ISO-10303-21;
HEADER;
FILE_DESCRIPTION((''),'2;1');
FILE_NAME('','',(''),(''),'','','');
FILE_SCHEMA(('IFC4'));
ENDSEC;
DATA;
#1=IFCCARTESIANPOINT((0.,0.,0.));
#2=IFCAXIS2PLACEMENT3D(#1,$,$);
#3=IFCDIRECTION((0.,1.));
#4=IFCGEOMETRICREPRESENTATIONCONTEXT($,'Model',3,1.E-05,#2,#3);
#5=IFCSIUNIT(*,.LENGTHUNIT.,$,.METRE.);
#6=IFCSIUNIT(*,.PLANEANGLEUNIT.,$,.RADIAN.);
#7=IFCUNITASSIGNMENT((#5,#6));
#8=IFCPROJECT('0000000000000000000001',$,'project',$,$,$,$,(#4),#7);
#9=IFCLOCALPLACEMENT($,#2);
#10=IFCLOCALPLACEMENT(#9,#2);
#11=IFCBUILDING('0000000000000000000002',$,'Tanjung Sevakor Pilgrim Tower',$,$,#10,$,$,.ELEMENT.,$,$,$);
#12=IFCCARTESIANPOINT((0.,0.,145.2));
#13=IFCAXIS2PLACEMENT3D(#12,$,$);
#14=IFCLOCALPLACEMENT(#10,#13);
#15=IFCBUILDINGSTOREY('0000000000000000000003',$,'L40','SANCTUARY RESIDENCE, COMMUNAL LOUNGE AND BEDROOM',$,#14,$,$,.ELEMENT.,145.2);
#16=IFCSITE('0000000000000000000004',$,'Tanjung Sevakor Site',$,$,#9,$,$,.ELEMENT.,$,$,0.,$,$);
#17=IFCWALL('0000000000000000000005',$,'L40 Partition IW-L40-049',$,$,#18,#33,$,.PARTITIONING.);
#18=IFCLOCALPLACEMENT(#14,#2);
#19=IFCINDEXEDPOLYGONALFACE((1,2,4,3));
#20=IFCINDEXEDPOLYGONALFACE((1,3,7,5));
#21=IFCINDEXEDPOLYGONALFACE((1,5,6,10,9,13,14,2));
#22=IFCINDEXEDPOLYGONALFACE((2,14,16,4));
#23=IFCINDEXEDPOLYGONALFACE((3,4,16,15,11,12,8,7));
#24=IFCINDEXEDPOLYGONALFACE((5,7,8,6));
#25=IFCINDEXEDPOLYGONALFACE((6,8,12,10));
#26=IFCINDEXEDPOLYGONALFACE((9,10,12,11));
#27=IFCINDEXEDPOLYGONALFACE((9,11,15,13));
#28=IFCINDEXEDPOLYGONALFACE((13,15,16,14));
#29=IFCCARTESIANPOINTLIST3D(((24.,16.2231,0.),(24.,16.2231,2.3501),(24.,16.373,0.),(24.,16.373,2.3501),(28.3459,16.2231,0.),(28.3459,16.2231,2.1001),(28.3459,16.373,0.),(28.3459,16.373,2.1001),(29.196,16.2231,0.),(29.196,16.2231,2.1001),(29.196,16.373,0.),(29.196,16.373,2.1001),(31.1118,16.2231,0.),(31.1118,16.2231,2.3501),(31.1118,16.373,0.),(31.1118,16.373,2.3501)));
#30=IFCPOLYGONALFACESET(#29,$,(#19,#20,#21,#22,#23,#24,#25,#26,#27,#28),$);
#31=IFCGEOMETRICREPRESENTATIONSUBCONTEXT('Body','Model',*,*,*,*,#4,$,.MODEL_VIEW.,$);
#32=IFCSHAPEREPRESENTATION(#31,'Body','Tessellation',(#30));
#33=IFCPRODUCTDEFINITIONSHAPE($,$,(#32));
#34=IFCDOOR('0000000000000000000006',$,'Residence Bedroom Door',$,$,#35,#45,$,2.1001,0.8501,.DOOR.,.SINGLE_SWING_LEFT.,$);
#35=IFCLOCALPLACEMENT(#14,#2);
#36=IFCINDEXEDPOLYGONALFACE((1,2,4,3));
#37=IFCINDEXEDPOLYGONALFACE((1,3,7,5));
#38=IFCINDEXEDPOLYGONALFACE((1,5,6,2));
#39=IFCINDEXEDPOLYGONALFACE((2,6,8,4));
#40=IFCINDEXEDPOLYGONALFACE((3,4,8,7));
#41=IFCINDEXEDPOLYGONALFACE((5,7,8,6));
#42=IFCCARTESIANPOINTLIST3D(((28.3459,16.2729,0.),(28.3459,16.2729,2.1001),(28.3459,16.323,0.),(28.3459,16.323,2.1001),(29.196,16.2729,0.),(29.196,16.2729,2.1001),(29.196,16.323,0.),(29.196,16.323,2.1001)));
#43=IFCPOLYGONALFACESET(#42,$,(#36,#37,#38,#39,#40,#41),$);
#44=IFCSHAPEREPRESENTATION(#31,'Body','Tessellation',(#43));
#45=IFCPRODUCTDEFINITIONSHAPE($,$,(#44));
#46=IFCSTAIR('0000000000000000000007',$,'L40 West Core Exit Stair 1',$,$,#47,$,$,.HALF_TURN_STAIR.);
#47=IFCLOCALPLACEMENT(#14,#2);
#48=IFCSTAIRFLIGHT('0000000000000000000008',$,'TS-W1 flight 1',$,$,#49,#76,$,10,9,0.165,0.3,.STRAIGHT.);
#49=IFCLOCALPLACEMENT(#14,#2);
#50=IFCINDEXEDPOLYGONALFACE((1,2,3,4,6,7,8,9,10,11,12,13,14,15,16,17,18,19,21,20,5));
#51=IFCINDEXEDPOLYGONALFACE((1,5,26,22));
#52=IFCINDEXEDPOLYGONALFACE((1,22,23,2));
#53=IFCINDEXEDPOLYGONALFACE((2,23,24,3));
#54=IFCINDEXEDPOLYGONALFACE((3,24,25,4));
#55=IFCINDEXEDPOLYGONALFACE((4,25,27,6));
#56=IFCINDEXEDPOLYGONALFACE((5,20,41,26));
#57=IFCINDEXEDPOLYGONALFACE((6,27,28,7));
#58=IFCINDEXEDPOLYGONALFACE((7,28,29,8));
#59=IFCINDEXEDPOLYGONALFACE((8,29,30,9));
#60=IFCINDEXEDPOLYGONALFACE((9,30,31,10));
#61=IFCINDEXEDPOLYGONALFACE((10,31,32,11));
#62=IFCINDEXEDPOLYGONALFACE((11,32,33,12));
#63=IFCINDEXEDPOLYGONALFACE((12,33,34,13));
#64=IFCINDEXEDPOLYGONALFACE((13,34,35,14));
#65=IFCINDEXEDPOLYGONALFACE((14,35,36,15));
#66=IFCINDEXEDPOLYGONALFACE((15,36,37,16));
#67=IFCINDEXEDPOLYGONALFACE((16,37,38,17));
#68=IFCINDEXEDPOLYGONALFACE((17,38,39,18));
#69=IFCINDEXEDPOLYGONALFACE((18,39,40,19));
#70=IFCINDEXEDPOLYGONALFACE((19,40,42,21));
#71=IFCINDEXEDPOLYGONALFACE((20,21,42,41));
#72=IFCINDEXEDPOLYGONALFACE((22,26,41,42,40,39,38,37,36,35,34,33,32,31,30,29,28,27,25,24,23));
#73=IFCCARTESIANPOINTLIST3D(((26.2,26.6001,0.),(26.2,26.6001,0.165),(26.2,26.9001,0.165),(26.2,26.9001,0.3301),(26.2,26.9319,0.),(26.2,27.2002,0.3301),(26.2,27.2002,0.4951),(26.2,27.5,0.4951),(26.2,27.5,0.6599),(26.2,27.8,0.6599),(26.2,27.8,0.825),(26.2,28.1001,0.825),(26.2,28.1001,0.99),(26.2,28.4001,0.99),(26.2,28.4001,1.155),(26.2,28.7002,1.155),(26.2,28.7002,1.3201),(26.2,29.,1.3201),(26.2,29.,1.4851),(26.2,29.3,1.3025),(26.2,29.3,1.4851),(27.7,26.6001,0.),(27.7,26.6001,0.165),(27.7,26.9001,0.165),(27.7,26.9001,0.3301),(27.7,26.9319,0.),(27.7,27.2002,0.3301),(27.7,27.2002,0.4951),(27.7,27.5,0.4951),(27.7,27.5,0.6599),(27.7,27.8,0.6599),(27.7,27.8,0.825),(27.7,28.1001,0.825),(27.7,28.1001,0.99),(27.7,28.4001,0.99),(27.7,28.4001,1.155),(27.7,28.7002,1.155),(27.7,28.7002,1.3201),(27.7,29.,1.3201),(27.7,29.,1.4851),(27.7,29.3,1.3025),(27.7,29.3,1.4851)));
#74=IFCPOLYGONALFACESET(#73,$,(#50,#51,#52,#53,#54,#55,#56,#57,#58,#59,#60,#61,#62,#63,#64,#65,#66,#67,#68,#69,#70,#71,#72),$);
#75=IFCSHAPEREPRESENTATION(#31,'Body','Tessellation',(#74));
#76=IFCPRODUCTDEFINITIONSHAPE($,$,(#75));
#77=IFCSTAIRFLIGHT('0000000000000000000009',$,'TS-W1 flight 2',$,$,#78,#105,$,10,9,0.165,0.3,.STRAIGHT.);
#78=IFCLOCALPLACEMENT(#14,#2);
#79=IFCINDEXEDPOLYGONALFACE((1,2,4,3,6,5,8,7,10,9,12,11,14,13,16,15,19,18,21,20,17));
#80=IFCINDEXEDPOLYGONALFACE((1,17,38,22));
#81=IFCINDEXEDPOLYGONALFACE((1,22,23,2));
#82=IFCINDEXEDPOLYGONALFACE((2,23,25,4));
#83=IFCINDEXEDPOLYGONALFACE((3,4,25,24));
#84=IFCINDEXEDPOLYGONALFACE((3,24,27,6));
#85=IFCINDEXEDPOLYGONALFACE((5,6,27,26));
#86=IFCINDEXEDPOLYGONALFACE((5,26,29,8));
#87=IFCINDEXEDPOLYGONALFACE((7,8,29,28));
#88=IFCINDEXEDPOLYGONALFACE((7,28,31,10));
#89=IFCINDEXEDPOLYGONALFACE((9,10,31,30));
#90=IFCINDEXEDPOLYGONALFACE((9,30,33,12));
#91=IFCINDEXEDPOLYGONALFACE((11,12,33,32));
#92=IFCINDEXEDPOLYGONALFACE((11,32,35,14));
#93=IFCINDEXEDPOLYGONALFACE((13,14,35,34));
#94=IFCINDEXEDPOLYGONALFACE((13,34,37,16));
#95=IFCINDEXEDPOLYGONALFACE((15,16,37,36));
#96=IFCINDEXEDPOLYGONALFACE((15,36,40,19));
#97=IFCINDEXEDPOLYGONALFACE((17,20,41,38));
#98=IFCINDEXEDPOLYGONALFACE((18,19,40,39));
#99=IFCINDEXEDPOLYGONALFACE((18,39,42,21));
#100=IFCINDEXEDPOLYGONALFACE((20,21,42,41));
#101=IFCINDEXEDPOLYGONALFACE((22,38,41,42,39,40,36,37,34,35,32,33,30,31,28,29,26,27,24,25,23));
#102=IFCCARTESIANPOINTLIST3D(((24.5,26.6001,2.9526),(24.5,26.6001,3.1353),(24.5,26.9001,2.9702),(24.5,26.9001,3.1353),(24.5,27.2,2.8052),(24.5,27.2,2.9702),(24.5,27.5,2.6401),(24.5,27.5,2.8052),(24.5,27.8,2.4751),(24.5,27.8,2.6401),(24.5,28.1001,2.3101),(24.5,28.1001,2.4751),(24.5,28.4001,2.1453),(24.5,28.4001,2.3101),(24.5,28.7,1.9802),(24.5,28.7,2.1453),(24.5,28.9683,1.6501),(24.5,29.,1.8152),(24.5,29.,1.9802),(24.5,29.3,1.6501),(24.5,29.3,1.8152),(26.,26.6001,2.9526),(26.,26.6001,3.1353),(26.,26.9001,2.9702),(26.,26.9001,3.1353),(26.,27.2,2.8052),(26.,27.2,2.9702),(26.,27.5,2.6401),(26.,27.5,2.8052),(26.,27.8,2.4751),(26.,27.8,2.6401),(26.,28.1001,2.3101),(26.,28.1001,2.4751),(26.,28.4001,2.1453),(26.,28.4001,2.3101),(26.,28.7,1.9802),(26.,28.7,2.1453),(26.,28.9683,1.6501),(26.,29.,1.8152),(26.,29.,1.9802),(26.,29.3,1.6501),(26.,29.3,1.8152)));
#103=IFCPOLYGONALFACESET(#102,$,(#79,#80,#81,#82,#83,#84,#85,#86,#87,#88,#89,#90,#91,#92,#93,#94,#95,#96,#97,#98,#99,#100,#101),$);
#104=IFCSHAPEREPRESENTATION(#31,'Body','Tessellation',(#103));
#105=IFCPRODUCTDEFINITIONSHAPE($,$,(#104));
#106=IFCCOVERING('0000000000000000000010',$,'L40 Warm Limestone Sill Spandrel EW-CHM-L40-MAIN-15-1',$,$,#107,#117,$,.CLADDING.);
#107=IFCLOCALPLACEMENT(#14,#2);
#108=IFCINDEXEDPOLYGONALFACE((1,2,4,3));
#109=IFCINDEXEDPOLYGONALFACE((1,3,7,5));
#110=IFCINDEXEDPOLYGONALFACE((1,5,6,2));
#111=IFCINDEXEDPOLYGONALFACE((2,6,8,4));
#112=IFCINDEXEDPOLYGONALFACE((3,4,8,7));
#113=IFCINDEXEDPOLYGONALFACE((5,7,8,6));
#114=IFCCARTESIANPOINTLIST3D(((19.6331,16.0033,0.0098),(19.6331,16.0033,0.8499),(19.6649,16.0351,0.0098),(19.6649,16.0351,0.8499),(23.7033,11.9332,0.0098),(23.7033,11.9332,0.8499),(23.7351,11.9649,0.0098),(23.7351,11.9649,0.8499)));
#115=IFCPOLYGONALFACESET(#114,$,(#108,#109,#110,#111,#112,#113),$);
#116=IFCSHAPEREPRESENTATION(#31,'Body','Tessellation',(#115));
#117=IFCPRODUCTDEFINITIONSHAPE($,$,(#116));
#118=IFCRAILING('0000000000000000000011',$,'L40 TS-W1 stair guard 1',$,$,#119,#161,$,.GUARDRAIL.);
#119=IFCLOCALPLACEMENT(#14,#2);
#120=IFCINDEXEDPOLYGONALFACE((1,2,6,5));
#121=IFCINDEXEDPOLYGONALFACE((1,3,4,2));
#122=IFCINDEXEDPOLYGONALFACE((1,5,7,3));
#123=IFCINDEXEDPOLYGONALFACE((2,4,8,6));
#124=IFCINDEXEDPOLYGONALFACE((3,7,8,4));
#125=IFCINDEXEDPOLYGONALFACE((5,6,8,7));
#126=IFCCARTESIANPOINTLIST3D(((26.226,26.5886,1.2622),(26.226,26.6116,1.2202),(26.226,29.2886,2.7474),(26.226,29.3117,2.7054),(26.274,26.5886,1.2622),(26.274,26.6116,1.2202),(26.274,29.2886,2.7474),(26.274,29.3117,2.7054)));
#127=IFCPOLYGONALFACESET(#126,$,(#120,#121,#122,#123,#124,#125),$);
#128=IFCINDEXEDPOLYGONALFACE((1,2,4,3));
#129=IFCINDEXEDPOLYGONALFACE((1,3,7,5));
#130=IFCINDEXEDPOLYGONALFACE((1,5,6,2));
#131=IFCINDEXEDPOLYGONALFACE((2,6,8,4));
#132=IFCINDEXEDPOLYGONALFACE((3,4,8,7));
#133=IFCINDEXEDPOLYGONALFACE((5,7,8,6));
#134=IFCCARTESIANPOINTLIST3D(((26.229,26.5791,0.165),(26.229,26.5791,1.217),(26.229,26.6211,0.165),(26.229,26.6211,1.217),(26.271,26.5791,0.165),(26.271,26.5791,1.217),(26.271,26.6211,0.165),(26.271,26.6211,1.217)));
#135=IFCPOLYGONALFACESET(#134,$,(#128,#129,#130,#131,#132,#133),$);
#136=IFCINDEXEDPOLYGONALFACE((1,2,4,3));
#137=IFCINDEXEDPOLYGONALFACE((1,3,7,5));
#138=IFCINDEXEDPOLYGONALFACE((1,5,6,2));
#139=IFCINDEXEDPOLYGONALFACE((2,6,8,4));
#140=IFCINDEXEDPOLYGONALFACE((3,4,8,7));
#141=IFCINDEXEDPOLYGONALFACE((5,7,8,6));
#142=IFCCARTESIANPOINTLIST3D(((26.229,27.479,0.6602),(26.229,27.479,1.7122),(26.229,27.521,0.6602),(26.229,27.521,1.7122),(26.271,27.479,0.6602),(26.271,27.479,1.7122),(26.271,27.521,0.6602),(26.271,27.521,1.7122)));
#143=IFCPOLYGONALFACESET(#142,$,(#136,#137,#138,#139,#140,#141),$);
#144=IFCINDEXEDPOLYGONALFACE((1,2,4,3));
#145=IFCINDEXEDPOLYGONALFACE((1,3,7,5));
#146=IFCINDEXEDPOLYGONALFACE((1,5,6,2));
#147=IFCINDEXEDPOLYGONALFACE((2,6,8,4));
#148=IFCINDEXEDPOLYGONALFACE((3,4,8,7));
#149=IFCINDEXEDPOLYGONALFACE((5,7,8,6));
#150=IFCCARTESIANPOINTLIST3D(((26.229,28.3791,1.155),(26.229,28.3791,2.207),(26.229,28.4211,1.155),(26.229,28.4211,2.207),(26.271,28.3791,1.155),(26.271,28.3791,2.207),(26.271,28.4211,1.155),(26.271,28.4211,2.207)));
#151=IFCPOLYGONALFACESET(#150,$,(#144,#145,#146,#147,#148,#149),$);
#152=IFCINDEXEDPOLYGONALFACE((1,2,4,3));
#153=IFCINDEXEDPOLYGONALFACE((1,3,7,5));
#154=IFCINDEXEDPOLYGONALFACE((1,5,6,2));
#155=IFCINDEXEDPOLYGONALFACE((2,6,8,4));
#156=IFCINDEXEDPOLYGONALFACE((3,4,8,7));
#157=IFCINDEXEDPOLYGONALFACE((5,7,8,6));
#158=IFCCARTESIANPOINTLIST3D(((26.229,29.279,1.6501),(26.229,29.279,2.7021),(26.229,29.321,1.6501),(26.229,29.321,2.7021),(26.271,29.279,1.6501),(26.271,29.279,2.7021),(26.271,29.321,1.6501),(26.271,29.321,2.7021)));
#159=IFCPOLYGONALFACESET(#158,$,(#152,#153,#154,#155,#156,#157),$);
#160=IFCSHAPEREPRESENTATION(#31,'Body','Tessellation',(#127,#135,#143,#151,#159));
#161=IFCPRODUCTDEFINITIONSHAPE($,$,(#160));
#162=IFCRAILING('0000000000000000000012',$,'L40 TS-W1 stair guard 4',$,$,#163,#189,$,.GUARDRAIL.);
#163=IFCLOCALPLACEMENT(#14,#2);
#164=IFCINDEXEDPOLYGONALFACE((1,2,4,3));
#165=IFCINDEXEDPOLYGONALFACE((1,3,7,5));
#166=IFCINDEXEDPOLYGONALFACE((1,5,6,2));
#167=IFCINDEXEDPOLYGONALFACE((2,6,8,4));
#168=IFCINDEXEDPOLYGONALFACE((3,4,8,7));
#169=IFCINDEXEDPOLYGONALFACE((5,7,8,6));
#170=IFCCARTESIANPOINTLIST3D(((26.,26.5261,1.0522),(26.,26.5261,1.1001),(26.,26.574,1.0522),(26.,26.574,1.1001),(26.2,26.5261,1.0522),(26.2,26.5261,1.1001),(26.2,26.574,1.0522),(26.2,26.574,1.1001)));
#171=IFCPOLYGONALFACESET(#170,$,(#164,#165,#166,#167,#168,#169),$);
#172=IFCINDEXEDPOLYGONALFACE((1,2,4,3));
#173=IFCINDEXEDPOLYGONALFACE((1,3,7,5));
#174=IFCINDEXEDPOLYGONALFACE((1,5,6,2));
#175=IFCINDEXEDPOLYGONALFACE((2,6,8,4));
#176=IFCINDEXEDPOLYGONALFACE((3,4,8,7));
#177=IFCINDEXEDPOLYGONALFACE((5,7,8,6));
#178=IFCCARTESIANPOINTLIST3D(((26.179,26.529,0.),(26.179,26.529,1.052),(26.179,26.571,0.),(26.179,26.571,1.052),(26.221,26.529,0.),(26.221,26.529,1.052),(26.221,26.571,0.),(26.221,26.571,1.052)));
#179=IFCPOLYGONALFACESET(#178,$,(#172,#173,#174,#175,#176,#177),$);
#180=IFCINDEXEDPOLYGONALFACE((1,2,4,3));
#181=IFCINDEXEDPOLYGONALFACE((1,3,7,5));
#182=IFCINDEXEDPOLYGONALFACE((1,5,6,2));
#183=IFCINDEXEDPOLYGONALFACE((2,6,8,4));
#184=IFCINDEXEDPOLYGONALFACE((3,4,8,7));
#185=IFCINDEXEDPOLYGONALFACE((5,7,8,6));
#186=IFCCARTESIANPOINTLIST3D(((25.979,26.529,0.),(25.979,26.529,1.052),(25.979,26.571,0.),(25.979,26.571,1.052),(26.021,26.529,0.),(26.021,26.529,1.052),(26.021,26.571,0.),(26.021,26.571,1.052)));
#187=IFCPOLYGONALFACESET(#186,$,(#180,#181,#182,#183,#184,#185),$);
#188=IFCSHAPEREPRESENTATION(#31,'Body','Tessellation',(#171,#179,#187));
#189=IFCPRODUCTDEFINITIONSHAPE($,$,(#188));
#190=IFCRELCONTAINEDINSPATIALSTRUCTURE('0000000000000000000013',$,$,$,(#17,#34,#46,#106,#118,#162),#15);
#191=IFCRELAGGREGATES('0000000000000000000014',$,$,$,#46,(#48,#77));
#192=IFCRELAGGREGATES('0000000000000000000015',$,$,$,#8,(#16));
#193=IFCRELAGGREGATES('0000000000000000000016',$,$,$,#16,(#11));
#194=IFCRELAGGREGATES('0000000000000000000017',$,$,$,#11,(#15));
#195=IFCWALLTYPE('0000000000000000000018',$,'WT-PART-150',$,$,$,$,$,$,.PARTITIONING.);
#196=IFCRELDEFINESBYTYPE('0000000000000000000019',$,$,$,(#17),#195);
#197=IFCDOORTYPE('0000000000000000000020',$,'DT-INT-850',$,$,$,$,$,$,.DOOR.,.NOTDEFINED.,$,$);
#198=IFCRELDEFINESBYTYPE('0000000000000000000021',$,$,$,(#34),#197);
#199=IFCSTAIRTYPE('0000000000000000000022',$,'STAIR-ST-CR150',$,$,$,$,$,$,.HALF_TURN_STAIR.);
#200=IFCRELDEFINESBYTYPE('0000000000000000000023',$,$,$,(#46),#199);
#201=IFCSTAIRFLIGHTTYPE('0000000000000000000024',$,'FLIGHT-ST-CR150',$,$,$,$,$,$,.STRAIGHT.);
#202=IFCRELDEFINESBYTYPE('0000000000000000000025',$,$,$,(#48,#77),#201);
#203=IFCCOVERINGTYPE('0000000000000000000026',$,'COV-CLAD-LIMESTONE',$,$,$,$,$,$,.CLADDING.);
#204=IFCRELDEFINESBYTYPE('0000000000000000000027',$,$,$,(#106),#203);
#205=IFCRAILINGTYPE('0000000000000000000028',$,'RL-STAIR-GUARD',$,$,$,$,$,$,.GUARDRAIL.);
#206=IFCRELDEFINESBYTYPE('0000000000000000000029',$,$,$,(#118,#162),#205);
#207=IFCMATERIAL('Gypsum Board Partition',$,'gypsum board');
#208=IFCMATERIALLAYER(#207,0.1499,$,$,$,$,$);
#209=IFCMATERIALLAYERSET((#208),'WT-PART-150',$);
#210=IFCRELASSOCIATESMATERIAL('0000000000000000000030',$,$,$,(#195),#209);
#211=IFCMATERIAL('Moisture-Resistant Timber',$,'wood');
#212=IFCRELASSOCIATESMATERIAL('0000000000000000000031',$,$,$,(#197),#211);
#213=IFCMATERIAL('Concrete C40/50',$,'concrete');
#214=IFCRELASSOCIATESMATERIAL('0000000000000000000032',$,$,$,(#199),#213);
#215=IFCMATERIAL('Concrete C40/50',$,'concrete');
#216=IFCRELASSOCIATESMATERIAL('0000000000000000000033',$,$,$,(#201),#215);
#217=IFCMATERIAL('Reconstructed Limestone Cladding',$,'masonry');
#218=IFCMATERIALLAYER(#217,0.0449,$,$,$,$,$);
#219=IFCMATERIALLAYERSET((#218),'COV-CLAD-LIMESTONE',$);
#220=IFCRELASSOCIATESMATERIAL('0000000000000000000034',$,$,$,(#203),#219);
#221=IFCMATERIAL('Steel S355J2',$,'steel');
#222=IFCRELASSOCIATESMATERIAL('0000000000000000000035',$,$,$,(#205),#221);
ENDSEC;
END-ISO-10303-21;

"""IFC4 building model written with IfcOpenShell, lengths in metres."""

from ifc_helpers import new_model, si_unit, direction, frame, frame_2d, origin, origin_2d, place, context, subcontext, project, spatial, polyline, rectangle, outline, extrude, material, layer, layer_set, type_object, element, fill, aggregate, save


model = new_model("IFC4")

# Units and contexts
model_context = context("Model", 3, precision=1e-05, world=origin(), true_north=direction((0.0, 1.0)))
body_context = subcontext(model_context, "Body", "Model", "MODEL_VIEW")
ifc_project = project(units=[si_unit("LENGTHUNIT", "METRE"), si_unit("PLANEANGLEUNIT", "RADIAN")], contexts=[model_context])

# Site, building, storey
site_placement = place(None, origin())
site = spatial("IfcSite", under=ifc_project, at=site_placement, Name="Tanjung Sevakor Site", CompositionType="ELEMENT", RefElevation=0.0)
building_placement = place(site_placement, origin())
building = spatial("IfcBuilding", under=site, at=building_placement, Name="Tanjung Sevakor Pilgrim Tower", CompositionType="ELEMENT")
storey_placement = place(building_placement, frame((0.0, 0.0, 145.2)))
storey = spatial("IfcBuildingStorey", under=building, at=storey_placement, Name="L40", Description="SANCTUARY RESIDENCE, COMMUNAL LOUNGE AND BEDROOM", CompositionType="ELEMENT", Elevation=145.2)

# Shared definitions
ifc_material_1 = material(Name="Gypsum Board Partition", Category="gypsum board")
ifc_layer_1 = layer(ifc_material_1, 0.1499)
ifc_layer_set_1 = layer_set([ifc_layer_1], Name="WT-PART-150")
wall_type_1 = type_object("IfcWallType", Name="WT-PART-150", PredefinedType="PARTITIONING", material=ifc_layer_set_1)

# Shared definitions
ifc_material_2 = material(Name="Moisture-Resistant Timber", Category="wood")
door_type_1 = type_object("IfcDoorType", Name="DT-INT-850", OperationType="NOTDEFINED", PredefinedType="DOOR", material=ifc_material_2)

# Wall, opening, door
wall_1_placement = place(storey_placement, frame((24.0, 16.2981, 0.0), z_axis=(0.0, 0.0, 1.0), x_axis=(1.0, 0.0, 0.0)))
wall_1 = element("IfcWall", 1, at=wall_1_placement, inside=storey, type_object=wall_type_1, Name="L40 Partition IW-L40-049", PredefinedType="PARTITIONING", context=body_context, shape_type="SweptSolid", body=[
    extrude(rectangle(XDim=7.1118, YDim=0.1499, at=frame_2d((3.5559, 0.0))), origin(), (0.0, 0.0, 1.0), 2.3501),
])
opening_1_placement = place(wall_1_placement, frame((4.3459, 0.0, 0.0)))
opening_1 = element("IfcOpeningElement", 2, at=opening_1_placement, cuts=wall_1, PredefinedType="OPENING", context=body_context, shape_type="SweptSolid", body=[
    extrude(rectangle(XDim=0.8501, YDim=2.1001, at=frame_2d((0.425, 1.05))), frame((0.0, 0.085, 0.0), z_axis=(0.0, -1.0, 0.0), x_axis=(1.0, 0.0, 0.0)), (0.0, 0.0, 1.0), 0.1699),
])
door_1_placement = place(opening_1_placement, origin())
door_1 = element("IfcDoor", 3, at=door_1_placement, inside=storey, type_object=door_type_1, Name="Residence Bedroom Door", OperationType="SINGLE_SWING_LEFT", OverallHeight=2.1001, OverallWidth=0.8501, PredefinedType="DOOR", context=body_context, shape_type="SweptSolid", body=[
    extrude(rectangle(XDim=0.8501, YDim=2.1001, at=frame_2d((0.425, 1.05))), frame((0.0, 0.0249, 0.0), z_axis=(0.0, -1.0, 0.0), x_axis=(1.0, 0.0, 0.0)), (0.0, 0.0, 1.0), 0.05),
])
fill(opening_1, door_1)

# Stair, stair flights
ifc_material_3 = material(Name="Concrete C40/50", Category="concrete")
stair_type = type_object("IfcStairType", Name="STAIR-ST-CR150", PredefinedType="HALF_TURN_STAIR", material=ifc_material_3)
stair_placement = place(storey_placement, origin())
stair = element("IfcStair", 4, at=stair_placement, inside=storey, type_object=stair_type, Name="L40 West Core Exit Stair 1", PredefinedType="HALF_TURN_STAIR")
ifc_material_4 = material(Name="Concrete C40/50", Category="concrete")
stair_flight_type = type_object("IfcStairFlightType", Name="FLIGHT-ST-CR150", PredefinedType="STRAIGHT", material=ifc_material_4)
stair_flight_1_placement = place(storey_placement, frame((26.95, 26.6001, 0.0), z_axis=(0.0, 0.0, 1.0), x_axis=(0.0, 1.0, 0.0)))
stair_flight_1 = element("IfcStairFlight", 5, at=stair_flight_1_placement, type_object=stair_flight_type, Name="TS-W1 flight 1", NumberOfRisers=10, NumberOfTreads=9, PredefinedType="STRAIGHT", RiserHeight=0.165, TreadLength=0.3, context=body_context, shape_type="SweptSolid", body=[
    extrude(outline(polyline([(0.0, 0.0), (0.0, 0.165), (0.3, 0.165), (0.3, 0.3301), (0.6001, 0.3301), (0.6001, 0.4951), (0.8999, 0.4951), (0.8999, 0.6599), (1.2, 0.6599), (1.2, 0.825), (1.5, 0.825), (1.5, 0.99), (1.8, 0.99), (1.8, 1.155), (2.1001, 1.155), (2.1001, 1.3201), (2.3999, 1.3201), (2.3999, 1.4851), (2.7, 1.4851), (2.7, 1.6499), (2.7, 1.3025), (0.3318, 0.0), (0.0, 0.0)])), frame((0.0, 0.75, 0.0), z_axis=(0.0, -1.0, 0.0), x_axis=(1.0, 0.0, 0.0)), (0.0, 0.0, 1.0), 1.5),
])
stair_flight_2_placement = place(storey_placement, frame((25.25, 29.3, 1.6501), z_axis=(0.0, 0.0, 1.0), x_axis=(0.0, -1.0, 0.0)))
stair_flight_2 = element("IfcStairFlight", 6, at=stair_flight_2_placement, type_object=stair_flight_type, Name="TS-W1 flight 2", NumberOfRisers=10, NumberOfTreads=9, PredefinedType="STRAIGHT", RiserHeight=0.165, TreadLength=0.3, context=body_context, shape_type="SweptSolid", body=[
    extrude(outline(polyline([(0.0, 0.0), (0.0, 0.165), (0.3, 0.165), (0.3, 0.3301), (0.6001, 0.3301), (0.6001, 0.4951), (0.8999, 0.4951), (0.8999, 0.6599), (1.2, 0.6599), (1.2, 0.825), (1.5, 0.825), (1.5, 0.99), (1.8, 0.99), (1.8, 1.155), (2.1001, 1.155), (2.1001, 1.3201), (2.3999, 1.3201), (2.3999, 1.4851), (2.7, 1.4851), (2.7, 1.6499), (2.7, 1.3025), (0.3318, 0.0), (0.0, 0.0)])), frame((0.0, 0.75, 0.0), z_axis=(0.0, -1.0, 0.0), x_axis=(1.0, 0.0, 0.0)), (0.0, 0.0, 1.0), 1.5),
])
aggregate(stair, [stair_flight_1, stair_flight_2])

# Covering
ifc_material_5 = material(Name="Reconstructed Limestone Cladding", Category="masonry")
ifc_layer_2 = layer(ifc_material_5, 0.0449)
ifc_layer_set_2 = layer_set([ifc_layer_2], Name="COV-CLAD-LIMESTONE")
covering_type = type_object("IfcCoveringType", Name="COV-CLAD-LIMESTONE", PredefinedType="CLADDING", material=ifc_layer_set_2)
covering_placement = place(storey_placement, frame((21.6841, 13.9841, 0.0098), z_axis=(0.0, 0.0, 1.0), x_axis=(0.707107, -0.707107, 0.0)))
element("IfcCovering", 7, at=covering_placement, inside=storey, type_object=covering_type, Name="L40 Warm Limestone Sill Spandrel EW-CHM-L40-MAIN-15-1", PredefinedType="CLADDING", context=body_context, shape_type="SweptSolid", body=[
    extrude(rectangle(XDim=5.7561, YDim=0.0449, at=origin_2d()), origin(), (0.0, 0.0, 1.0), 0.8401),
])

# Railings
ifc_material_6 = material(Name="Steel S355J2", Category="steel")
railing_type_1 = type_object("IfcRailingType", Name="RL-STAIR-GUARD", PredefinedType="GUARDRAIL", material=ifc_material_6)
railing_1_placement = place(storey_placement, frame((26.25, 26.6001, 0.165)))
element("IfcRailing", 8, at=railing_1_placement, inside=storey, type_object=railing_type_1, Name="L40 TS-W1 stair guard 1", PredefinedType="GUARDRAIL", context=body_context, shape_type="SweptSolid", body=[
    extrude(rectangle(XDim=0.0479, YDim=0.0479), frame((0.0, 0.0, 1.0762), z_axis=(0.0, 0.876198, 0.481952), x_axis=(-1.0, 0.0, 0.0)), (0.0, 0.0, 1.0), 3.0815),
    extrude(rectangle(XDim=0.042, YDim=0.042), origin(), (0.0, 0.0, 1.0), 1.052),
    extrude(rectangle(XDim=0.042, YDim=0.042), frame((0.0, 0.8999, 0.4951)), (0.0, 0.0, 1.0), 1.052),
    extrude(rectangle(XDim=0.042, YDim=0.042), frame((0.0, 1.8, 0.99)), (0.0, 0.0, 1.0), 1.052),
    extrude(rectangle(XDim=0.042, YDim=0.042), frame((0.0, 2.7, 1.4851)), (0.0, 0.0, 1.0), 1.052),
])
railing_2_placement = place(storey_placement, frame((26.2, 26.55, 0.0)))
element("IfcRailing", 9, at=railing_2_placement, inside=storey, type_object=railing_type_1, Name="L40 TS-W1 stair guard 4", PredefinedType="GUARDRAIL", context=body_context, shape_type="SweptSolid", body=[
    extrude(rectangle(XDim=0.0479, YDim=0.0479), frame((0.0, 0.0, 1.0762), z_axis=(-1.0, 0.0, 0.0), x_axis=(0.0, -1.0, 0.0)), (0.0, 0.0, 1.0), 0.2),
    extrude(rectangle(XDim=0.042, YDim=0.042), origin(), (0.0, 0.0, 1.0), 1.052),
    extrude(rectangle(XDim=0.042, YDim=0.042), frame((-0.2, 0.0, 0.0)), (0.0, 0.0, 1.0), 1.052),
])

save(model, "model.ifc")
